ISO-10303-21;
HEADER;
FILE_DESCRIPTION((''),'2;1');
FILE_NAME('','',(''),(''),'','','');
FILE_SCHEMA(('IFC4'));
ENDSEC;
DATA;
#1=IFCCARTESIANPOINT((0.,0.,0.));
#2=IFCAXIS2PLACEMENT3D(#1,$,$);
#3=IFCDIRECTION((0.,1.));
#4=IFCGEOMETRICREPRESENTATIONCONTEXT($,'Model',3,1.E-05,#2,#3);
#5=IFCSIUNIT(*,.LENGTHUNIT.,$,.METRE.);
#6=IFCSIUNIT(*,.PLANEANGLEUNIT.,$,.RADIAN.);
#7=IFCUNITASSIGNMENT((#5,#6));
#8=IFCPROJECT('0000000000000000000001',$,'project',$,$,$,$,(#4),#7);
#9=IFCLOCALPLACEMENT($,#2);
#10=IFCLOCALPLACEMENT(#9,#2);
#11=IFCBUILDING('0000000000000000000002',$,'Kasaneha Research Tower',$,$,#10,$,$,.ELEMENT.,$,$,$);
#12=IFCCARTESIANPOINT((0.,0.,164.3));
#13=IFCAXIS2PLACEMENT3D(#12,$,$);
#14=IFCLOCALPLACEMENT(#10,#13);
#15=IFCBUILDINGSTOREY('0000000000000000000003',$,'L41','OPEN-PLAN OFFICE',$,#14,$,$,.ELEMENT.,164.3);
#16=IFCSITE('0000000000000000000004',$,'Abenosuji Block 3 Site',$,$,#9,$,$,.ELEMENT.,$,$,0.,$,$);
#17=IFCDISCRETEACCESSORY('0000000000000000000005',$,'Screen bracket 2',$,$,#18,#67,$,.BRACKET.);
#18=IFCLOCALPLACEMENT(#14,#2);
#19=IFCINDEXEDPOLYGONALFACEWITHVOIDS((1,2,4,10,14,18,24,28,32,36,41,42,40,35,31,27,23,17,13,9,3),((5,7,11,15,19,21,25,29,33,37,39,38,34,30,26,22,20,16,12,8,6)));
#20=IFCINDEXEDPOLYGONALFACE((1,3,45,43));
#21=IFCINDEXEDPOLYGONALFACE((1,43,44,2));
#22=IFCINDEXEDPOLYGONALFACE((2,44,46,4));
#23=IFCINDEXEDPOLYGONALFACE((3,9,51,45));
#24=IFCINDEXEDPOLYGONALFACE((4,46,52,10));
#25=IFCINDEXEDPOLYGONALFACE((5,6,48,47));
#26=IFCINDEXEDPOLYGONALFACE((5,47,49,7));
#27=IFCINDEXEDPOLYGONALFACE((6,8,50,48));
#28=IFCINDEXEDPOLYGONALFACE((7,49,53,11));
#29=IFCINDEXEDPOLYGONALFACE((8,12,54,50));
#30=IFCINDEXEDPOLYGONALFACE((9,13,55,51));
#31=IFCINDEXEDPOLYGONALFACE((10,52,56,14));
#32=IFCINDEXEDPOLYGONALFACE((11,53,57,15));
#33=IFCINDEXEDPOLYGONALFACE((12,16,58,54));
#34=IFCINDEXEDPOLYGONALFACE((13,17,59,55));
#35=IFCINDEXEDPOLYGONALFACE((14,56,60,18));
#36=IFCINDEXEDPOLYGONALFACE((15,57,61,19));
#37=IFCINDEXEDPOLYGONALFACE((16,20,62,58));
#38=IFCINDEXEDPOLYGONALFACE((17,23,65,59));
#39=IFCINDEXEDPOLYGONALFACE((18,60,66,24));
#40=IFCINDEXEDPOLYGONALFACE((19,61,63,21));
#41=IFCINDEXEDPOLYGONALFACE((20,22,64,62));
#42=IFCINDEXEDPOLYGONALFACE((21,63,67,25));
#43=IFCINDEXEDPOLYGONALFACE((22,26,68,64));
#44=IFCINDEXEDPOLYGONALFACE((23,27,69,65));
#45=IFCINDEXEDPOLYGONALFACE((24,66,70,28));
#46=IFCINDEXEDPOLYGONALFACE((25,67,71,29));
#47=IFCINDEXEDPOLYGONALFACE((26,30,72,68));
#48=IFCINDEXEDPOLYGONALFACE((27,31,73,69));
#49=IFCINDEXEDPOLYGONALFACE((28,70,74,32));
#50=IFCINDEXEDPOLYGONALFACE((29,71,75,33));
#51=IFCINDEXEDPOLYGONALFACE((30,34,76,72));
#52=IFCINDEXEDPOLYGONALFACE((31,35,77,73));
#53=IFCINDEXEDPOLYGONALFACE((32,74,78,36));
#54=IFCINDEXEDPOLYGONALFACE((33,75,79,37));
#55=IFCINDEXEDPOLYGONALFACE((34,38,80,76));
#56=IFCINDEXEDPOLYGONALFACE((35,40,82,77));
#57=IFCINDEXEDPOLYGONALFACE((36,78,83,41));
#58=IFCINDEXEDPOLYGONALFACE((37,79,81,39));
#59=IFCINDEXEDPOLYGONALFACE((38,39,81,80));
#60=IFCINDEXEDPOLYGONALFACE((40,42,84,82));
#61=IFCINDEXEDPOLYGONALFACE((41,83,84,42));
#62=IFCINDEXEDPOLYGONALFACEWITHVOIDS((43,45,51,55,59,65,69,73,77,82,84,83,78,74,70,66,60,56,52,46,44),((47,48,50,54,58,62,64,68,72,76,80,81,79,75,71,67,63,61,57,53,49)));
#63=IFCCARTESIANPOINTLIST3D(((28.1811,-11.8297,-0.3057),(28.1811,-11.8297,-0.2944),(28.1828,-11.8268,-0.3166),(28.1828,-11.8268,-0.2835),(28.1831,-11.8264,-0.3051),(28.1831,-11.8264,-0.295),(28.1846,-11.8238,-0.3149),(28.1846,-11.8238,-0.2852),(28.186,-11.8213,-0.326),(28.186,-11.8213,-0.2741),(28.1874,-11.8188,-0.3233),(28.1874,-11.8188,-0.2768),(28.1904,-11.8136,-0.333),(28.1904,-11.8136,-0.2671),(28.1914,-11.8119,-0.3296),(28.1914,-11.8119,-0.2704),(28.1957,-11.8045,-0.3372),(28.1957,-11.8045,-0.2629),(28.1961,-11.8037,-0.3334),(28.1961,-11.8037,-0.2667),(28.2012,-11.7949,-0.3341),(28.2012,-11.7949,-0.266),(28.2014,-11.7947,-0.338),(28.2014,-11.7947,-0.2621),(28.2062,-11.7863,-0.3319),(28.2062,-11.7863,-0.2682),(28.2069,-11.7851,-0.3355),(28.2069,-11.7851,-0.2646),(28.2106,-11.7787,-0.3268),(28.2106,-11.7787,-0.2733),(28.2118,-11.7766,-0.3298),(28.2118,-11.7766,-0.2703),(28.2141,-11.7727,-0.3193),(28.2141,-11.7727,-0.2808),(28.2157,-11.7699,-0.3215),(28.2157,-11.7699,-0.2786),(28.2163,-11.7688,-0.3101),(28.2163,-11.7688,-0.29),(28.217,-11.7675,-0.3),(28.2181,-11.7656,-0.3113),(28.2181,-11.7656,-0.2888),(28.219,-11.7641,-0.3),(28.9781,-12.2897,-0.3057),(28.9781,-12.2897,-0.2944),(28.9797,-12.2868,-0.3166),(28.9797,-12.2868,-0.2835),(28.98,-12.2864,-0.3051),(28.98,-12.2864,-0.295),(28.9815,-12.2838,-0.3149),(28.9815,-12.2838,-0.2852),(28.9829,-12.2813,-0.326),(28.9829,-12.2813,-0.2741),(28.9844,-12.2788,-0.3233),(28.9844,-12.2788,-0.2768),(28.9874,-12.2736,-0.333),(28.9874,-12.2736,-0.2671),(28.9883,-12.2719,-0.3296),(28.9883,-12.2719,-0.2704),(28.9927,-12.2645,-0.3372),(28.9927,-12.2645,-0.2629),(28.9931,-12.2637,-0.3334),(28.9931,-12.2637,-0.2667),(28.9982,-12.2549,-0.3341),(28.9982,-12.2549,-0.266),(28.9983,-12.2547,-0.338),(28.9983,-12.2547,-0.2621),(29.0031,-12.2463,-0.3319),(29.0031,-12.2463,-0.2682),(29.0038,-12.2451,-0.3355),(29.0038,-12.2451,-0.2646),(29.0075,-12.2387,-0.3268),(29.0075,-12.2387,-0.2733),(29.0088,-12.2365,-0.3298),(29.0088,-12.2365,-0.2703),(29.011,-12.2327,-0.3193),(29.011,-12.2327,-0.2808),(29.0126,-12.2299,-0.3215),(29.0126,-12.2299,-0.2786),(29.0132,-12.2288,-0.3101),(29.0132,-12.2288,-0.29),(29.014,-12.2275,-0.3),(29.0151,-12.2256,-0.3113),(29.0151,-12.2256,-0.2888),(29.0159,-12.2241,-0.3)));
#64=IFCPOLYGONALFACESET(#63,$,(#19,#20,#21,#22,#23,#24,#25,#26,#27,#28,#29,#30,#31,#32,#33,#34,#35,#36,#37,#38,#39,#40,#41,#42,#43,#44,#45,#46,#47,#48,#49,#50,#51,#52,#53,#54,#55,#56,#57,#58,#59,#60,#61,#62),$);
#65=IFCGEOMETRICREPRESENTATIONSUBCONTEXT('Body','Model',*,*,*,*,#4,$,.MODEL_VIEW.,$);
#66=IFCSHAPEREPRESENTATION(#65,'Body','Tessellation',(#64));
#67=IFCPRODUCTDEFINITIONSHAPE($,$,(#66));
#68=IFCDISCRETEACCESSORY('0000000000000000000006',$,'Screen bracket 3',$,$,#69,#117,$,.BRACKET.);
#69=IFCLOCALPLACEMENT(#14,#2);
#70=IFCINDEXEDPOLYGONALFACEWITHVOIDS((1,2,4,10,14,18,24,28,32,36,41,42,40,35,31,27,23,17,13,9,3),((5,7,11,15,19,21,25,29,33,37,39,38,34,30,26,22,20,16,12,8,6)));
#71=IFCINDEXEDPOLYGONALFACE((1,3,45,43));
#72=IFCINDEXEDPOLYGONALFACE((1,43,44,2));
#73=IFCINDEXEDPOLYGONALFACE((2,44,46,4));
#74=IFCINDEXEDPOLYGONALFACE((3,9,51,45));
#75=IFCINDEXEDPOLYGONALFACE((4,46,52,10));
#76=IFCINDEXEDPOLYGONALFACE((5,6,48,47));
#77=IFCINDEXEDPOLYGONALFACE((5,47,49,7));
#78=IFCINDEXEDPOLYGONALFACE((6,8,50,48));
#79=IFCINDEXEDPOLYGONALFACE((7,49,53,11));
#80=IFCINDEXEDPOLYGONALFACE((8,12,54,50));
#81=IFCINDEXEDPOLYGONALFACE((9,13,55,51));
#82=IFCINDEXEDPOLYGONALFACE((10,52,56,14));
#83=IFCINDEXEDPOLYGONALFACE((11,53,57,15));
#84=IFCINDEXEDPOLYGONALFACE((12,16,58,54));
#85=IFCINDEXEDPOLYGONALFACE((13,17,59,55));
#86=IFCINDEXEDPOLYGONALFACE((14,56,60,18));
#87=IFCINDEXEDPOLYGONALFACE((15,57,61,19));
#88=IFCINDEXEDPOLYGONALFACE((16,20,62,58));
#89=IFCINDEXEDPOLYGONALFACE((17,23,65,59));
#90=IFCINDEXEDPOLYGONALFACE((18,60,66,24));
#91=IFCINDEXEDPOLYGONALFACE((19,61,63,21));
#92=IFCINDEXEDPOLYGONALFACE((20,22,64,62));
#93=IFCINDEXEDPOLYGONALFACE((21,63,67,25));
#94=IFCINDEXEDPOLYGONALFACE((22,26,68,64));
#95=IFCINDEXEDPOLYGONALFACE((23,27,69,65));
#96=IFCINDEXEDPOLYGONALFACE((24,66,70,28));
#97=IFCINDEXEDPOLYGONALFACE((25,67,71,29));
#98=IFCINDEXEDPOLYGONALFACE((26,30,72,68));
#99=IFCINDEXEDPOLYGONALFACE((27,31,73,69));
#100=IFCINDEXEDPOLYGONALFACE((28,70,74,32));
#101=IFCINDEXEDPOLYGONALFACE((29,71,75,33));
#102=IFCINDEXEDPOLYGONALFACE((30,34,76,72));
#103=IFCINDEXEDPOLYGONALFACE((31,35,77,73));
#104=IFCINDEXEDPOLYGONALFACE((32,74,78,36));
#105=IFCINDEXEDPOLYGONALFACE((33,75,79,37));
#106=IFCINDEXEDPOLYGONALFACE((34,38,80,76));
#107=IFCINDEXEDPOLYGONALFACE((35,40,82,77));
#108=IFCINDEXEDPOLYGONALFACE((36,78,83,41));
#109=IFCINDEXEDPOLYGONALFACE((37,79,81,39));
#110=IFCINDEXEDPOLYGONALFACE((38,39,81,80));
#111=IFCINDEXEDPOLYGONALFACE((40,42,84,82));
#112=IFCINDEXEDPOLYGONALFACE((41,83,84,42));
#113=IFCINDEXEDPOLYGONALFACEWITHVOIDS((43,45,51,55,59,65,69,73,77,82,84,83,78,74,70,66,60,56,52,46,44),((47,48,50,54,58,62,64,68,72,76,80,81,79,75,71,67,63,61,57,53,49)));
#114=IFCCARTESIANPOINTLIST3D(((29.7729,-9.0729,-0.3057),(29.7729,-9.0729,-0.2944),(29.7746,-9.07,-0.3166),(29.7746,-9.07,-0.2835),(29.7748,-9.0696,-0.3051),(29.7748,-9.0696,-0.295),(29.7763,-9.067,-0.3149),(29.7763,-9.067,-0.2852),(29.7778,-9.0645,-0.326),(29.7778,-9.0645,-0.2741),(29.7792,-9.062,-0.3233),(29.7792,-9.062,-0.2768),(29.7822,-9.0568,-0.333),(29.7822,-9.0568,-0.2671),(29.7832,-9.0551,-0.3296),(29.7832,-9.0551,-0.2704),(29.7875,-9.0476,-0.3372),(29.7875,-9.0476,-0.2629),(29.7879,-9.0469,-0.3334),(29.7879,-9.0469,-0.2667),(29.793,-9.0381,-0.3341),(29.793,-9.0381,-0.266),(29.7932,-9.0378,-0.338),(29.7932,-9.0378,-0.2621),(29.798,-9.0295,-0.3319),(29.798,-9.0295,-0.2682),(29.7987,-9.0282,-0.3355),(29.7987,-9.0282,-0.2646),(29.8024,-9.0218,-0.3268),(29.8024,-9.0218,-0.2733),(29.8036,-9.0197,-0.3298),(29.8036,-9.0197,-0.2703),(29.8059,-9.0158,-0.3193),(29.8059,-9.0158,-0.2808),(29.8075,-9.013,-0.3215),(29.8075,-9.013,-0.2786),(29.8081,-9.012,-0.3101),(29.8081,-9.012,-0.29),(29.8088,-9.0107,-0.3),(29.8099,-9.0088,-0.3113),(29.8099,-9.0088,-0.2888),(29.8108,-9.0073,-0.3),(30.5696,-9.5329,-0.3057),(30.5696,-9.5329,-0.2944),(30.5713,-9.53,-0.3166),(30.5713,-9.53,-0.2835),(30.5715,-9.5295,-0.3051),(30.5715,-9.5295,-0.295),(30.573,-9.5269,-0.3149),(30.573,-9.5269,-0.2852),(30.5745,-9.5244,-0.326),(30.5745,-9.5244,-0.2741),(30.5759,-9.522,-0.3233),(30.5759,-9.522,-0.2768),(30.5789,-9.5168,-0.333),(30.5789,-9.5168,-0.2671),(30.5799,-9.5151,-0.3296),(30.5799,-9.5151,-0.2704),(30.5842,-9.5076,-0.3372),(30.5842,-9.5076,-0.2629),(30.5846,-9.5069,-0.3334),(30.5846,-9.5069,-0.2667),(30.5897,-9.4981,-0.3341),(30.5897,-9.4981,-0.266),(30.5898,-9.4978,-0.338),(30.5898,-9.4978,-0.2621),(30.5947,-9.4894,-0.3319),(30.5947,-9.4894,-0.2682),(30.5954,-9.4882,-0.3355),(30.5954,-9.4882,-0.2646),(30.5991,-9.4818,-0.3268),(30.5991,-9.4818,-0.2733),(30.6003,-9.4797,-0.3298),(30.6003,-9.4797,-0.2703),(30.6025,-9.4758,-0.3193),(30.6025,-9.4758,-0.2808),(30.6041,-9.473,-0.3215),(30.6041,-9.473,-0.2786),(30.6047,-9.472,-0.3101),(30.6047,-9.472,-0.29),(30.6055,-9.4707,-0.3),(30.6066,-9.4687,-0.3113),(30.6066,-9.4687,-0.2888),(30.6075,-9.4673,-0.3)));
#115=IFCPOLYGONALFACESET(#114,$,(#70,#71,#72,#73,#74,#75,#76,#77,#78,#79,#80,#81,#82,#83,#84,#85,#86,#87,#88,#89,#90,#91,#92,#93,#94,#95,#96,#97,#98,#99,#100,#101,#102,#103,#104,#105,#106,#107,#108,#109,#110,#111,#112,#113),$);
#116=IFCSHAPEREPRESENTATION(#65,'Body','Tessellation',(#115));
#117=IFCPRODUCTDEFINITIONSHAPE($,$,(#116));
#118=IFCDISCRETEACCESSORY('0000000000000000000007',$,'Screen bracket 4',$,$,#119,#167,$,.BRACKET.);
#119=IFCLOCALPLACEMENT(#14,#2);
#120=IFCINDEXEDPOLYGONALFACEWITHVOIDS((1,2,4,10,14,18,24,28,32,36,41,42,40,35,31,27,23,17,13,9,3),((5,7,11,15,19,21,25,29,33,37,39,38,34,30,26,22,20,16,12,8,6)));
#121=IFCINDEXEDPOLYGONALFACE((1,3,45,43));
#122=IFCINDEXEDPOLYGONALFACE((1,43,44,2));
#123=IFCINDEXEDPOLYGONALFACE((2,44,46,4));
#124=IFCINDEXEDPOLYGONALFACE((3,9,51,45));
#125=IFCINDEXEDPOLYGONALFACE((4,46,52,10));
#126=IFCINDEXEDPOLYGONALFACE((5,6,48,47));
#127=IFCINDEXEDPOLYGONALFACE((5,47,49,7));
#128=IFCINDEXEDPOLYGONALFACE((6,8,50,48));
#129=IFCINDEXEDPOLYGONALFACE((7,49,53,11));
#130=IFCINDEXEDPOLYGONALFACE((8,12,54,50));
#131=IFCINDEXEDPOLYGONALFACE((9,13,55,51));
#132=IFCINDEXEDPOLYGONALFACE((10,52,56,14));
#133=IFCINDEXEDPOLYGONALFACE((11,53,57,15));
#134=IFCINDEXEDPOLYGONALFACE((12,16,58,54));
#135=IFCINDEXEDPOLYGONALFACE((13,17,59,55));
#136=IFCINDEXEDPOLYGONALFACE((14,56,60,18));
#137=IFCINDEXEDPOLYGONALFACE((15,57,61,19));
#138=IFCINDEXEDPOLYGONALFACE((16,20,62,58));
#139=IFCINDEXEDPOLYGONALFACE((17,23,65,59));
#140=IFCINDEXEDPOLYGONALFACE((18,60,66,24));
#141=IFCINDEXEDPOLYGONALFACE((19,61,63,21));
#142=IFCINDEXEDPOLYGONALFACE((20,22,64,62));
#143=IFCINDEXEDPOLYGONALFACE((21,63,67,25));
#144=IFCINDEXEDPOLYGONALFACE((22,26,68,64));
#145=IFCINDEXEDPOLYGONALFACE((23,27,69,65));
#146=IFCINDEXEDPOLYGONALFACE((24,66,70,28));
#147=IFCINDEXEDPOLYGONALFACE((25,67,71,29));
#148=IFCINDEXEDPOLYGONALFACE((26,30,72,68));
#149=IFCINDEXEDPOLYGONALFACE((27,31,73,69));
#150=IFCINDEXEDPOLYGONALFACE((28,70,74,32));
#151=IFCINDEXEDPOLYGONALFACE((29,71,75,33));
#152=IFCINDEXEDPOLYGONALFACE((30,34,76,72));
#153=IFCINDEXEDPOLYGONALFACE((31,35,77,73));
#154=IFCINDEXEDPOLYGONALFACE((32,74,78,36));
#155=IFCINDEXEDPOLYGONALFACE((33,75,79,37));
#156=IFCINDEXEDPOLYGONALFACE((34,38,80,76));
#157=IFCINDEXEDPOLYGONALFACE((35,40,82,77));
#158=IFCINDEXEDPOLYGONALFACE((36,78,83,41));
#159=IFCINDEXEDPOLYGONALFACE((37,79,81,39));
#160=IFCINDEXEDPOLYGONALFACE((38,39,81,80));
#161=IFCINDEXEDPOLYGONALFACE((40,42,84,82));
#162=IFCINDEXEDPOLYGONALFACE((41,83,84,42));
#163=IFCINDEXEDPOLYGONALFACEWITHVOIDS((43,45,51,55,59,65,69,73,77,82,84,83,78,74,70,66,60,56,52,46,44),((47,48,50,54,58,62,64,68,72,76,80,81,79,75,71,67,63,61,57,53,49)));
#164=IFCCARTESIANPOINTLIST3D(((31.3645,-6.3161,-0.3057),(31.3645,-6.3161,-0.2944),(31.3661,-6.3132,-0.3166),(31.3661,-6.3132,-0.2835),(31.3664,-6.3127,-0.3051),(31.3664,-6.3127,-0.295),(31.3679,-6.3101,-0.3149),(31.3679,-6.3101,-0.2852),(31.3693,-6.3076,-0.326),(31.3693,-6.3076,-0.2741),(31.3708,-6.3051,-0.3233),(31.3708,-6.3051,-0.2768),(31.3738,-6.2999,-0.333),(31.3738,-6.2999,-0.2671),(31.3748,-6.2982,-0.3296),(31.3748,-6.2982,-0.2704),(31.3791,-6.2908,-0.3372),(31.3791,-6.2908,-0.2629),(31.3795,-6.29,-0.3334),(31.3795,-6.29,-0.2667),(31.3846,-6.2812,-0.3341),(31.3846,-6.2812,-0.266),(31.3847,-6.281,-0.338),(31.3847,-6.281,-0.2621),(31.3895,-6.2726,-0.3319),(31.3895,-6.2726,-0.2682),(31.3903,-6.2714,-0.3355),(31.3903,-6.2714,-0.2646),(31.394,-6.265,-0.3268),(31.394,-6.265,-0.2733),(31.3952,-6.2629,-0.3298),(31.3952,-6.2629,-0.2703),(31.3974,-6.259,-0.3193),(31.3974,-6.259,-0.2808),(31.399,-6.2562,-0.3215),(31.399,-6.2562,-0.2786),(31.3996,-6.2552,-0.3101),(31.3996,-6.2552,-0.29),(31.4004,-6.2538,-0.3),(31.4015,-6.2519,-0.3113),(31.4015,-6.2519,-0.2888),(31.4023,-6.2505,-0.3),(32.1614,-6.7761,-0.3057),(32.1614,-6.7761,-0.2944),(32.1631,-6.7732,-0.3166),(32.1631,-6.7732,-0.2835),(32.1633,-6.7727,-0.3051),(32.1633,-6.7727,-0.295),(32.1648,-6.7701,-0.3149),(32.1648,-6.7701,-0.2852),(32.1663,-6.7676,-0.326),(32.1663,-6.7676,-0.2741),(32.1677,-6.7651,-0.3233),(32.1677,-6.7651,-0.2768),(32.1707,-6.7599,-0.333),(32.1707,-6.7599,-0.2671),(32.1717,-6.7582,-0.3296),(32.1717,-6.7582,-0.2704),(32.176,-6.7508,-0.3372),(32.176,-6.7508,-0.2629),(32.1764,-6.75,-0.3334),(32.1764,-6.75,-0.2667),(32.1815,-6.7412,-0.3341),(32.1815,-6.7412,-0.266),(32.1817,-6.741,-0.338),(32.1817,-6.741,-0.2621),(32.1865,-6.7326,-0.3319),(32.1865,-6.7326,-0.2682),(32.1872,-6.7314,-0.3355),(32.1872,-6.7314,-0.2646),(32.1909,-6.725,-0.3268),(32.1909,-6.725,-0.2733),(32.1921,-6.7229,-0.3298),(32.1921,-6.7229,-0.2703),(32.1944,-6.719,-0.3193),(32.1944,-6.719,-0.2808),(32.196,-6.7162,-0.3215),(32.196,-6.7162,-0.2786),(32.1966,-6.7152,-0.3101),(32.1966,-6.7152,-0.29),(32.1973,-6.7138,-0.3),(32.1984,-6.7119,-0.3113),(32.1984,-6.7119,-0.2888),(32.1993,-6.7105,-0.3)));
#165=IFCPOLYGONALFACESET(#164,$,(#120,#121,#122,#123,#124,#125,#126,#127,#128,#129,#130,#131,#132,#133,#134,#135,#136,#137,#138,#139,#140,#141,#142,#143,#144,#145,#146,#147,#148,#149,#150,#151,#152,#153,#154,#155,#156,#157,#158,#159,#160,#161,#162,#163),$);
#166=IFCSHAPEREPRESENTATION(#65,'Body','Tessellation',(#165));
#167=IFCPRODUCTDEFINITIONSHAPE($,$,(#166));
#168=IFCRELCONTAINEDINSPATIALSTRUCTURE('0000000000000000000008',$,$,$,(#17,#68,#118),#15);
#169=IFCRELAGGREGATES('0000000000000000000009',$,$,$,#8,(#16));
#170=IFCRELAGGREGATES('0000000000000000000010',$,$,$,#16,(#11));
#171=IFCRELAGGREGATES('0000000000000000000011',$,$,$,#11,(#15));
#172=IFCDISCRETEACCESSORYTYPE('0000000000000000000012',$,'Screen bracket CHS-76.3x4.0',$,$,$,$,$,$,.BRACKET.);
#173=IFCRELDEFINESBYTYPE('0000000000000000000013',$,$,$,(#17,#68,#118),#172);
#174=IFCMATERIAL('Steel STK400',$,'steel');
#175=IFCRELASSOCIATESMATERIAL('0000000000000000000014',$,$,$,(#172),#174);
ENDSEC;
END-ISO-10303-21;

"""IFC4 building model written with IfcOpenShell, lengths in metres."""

from ifc_helpers import new_model, si_unit, direction, frame, origin, origin_2d, place, context, subcontext, project, spatial, hollow_circle, extrude, material, material_profile, profile_set, type_object, element, save


model = new_model("IFC4")

# Units and contexts
model_context = context("Model", 3, precision=1e-05, world=origin(), true_north=direction((0.0, 1.0)))
body_context = subcontext(model_context, "Body", "Model", "MODEL_VIEW")
ifc_project = project(units=[si_unit("LENGTHUNIT", "METRE"), si_unit("PLANEANGLEUNIT", "RADIAN")], contexts=[model_context])

# Site, building, storey
site_placement = place(None, origin())
site = spatial("IfcSite", under=ifc_project, at=site_placement, Name="Abenosuji Block 3 Site", CompositionType="ELEMENT", RefElevation=0.0)
building_placement = place(site_placement, origin())
building = spatial("IfcBuilding", under=site, at=building_placement, Name="Kasaneha Research Tower", CompositionType="ELEMENT")
storey_placement = place(building_placement, frame((0.0, 0.0, 164.3)))
storey = spatial("IfcBuildingStorey", under=building, at=storey_placement, Name="L41", Description="OPEN-PLAN OFFICE", CompositionType="ELEMENT", Elevation=164.3)

# Discrete accessories
ifc_material_1 = material(Name="Steel STK400", Category="steel")
ifc_material_profile_1 = material_profile(ifc_material_1, hollow_circle(Radius=0.0381, WallThickness=0.0039, at=origin_2d()), Name="CHS-76.3x4.0")
ifc_profile_set_1 = profile_set([ifc_material_profile_1], Name="Steel STK400")
discrete_accessory_type = type_object("IfcDiscreteAccessoryType", Name="Screen bracket CHS-76.3x4.0", PredefinedType="BRACKET", material=ifc_profile_set_1)
discrete_accessory_1_placement = place(storey_placement, frame((28.2, -11.7971, -0.3), z_axis=(0.86608, -0.499906, 0.0), x_axis=(0.499906, 0.86608, 0.0)))
element("IfcDiscreteAccessory", 1, at=discrete_accessory_1_placement, inside=storey, type_object=discrete_accessory_type, Name="Screen bracket 2", PredefinedType="BRACKET", context=body_context, shape_type="SweptSolid", body=[
    extrude(hollow_circle(Radius=0.0381, WallThickness=0.0039, at=origin_2d()), origin(), (0.0, 0.0, 1.0), 0.9202),
])
discrete_accessory_2_placement = place(storey_placement, frame((29.7917, -9.0403, -0.3), z_axis=(0.866013, -0.500021, 0.0), x_axis=(0.500021, 0.866013, 0.0)))
element("IfcDiscreteAccessory", 2, at=discrete_accessory_2_placement, inside=storey, type_object=discrete_accessory_type, Name="Screen bracket 3", PredefinedType="BRACKET", context=body_context, shape_type="SweptSolid", body=[
    extrude(hollow_circle(Radius=0.0381, WallThickness=0.0039, at=origin_2d()), origin(), (0.0, 0.0, 1.0), 0.9199),
])
discrete_accessory_3_placement = place(storey_placement, frame((31.3833, -6.2834, -0.3), z_axis=(0.86608, -0.499906, 0.0), x_axis=(0.499906, 0.86608, 0.0)))
element("IfcDiscreteAccessory", 3, at=discrete_accessory_3_placement, inside=storey, type_object=discrete_accessory_type, Name="Screen bracket 4", PredefinedType="BRACKET", context=body_context, shape_type="SweptSolid", body=[
    extrude(hollow_circle(Radius=0.0381, WallThickness=0.0039, at=origin_2d()), origin(), (0.0, 0.0, 1.0), 0.9202),
])

save(model, "model.ifc")
